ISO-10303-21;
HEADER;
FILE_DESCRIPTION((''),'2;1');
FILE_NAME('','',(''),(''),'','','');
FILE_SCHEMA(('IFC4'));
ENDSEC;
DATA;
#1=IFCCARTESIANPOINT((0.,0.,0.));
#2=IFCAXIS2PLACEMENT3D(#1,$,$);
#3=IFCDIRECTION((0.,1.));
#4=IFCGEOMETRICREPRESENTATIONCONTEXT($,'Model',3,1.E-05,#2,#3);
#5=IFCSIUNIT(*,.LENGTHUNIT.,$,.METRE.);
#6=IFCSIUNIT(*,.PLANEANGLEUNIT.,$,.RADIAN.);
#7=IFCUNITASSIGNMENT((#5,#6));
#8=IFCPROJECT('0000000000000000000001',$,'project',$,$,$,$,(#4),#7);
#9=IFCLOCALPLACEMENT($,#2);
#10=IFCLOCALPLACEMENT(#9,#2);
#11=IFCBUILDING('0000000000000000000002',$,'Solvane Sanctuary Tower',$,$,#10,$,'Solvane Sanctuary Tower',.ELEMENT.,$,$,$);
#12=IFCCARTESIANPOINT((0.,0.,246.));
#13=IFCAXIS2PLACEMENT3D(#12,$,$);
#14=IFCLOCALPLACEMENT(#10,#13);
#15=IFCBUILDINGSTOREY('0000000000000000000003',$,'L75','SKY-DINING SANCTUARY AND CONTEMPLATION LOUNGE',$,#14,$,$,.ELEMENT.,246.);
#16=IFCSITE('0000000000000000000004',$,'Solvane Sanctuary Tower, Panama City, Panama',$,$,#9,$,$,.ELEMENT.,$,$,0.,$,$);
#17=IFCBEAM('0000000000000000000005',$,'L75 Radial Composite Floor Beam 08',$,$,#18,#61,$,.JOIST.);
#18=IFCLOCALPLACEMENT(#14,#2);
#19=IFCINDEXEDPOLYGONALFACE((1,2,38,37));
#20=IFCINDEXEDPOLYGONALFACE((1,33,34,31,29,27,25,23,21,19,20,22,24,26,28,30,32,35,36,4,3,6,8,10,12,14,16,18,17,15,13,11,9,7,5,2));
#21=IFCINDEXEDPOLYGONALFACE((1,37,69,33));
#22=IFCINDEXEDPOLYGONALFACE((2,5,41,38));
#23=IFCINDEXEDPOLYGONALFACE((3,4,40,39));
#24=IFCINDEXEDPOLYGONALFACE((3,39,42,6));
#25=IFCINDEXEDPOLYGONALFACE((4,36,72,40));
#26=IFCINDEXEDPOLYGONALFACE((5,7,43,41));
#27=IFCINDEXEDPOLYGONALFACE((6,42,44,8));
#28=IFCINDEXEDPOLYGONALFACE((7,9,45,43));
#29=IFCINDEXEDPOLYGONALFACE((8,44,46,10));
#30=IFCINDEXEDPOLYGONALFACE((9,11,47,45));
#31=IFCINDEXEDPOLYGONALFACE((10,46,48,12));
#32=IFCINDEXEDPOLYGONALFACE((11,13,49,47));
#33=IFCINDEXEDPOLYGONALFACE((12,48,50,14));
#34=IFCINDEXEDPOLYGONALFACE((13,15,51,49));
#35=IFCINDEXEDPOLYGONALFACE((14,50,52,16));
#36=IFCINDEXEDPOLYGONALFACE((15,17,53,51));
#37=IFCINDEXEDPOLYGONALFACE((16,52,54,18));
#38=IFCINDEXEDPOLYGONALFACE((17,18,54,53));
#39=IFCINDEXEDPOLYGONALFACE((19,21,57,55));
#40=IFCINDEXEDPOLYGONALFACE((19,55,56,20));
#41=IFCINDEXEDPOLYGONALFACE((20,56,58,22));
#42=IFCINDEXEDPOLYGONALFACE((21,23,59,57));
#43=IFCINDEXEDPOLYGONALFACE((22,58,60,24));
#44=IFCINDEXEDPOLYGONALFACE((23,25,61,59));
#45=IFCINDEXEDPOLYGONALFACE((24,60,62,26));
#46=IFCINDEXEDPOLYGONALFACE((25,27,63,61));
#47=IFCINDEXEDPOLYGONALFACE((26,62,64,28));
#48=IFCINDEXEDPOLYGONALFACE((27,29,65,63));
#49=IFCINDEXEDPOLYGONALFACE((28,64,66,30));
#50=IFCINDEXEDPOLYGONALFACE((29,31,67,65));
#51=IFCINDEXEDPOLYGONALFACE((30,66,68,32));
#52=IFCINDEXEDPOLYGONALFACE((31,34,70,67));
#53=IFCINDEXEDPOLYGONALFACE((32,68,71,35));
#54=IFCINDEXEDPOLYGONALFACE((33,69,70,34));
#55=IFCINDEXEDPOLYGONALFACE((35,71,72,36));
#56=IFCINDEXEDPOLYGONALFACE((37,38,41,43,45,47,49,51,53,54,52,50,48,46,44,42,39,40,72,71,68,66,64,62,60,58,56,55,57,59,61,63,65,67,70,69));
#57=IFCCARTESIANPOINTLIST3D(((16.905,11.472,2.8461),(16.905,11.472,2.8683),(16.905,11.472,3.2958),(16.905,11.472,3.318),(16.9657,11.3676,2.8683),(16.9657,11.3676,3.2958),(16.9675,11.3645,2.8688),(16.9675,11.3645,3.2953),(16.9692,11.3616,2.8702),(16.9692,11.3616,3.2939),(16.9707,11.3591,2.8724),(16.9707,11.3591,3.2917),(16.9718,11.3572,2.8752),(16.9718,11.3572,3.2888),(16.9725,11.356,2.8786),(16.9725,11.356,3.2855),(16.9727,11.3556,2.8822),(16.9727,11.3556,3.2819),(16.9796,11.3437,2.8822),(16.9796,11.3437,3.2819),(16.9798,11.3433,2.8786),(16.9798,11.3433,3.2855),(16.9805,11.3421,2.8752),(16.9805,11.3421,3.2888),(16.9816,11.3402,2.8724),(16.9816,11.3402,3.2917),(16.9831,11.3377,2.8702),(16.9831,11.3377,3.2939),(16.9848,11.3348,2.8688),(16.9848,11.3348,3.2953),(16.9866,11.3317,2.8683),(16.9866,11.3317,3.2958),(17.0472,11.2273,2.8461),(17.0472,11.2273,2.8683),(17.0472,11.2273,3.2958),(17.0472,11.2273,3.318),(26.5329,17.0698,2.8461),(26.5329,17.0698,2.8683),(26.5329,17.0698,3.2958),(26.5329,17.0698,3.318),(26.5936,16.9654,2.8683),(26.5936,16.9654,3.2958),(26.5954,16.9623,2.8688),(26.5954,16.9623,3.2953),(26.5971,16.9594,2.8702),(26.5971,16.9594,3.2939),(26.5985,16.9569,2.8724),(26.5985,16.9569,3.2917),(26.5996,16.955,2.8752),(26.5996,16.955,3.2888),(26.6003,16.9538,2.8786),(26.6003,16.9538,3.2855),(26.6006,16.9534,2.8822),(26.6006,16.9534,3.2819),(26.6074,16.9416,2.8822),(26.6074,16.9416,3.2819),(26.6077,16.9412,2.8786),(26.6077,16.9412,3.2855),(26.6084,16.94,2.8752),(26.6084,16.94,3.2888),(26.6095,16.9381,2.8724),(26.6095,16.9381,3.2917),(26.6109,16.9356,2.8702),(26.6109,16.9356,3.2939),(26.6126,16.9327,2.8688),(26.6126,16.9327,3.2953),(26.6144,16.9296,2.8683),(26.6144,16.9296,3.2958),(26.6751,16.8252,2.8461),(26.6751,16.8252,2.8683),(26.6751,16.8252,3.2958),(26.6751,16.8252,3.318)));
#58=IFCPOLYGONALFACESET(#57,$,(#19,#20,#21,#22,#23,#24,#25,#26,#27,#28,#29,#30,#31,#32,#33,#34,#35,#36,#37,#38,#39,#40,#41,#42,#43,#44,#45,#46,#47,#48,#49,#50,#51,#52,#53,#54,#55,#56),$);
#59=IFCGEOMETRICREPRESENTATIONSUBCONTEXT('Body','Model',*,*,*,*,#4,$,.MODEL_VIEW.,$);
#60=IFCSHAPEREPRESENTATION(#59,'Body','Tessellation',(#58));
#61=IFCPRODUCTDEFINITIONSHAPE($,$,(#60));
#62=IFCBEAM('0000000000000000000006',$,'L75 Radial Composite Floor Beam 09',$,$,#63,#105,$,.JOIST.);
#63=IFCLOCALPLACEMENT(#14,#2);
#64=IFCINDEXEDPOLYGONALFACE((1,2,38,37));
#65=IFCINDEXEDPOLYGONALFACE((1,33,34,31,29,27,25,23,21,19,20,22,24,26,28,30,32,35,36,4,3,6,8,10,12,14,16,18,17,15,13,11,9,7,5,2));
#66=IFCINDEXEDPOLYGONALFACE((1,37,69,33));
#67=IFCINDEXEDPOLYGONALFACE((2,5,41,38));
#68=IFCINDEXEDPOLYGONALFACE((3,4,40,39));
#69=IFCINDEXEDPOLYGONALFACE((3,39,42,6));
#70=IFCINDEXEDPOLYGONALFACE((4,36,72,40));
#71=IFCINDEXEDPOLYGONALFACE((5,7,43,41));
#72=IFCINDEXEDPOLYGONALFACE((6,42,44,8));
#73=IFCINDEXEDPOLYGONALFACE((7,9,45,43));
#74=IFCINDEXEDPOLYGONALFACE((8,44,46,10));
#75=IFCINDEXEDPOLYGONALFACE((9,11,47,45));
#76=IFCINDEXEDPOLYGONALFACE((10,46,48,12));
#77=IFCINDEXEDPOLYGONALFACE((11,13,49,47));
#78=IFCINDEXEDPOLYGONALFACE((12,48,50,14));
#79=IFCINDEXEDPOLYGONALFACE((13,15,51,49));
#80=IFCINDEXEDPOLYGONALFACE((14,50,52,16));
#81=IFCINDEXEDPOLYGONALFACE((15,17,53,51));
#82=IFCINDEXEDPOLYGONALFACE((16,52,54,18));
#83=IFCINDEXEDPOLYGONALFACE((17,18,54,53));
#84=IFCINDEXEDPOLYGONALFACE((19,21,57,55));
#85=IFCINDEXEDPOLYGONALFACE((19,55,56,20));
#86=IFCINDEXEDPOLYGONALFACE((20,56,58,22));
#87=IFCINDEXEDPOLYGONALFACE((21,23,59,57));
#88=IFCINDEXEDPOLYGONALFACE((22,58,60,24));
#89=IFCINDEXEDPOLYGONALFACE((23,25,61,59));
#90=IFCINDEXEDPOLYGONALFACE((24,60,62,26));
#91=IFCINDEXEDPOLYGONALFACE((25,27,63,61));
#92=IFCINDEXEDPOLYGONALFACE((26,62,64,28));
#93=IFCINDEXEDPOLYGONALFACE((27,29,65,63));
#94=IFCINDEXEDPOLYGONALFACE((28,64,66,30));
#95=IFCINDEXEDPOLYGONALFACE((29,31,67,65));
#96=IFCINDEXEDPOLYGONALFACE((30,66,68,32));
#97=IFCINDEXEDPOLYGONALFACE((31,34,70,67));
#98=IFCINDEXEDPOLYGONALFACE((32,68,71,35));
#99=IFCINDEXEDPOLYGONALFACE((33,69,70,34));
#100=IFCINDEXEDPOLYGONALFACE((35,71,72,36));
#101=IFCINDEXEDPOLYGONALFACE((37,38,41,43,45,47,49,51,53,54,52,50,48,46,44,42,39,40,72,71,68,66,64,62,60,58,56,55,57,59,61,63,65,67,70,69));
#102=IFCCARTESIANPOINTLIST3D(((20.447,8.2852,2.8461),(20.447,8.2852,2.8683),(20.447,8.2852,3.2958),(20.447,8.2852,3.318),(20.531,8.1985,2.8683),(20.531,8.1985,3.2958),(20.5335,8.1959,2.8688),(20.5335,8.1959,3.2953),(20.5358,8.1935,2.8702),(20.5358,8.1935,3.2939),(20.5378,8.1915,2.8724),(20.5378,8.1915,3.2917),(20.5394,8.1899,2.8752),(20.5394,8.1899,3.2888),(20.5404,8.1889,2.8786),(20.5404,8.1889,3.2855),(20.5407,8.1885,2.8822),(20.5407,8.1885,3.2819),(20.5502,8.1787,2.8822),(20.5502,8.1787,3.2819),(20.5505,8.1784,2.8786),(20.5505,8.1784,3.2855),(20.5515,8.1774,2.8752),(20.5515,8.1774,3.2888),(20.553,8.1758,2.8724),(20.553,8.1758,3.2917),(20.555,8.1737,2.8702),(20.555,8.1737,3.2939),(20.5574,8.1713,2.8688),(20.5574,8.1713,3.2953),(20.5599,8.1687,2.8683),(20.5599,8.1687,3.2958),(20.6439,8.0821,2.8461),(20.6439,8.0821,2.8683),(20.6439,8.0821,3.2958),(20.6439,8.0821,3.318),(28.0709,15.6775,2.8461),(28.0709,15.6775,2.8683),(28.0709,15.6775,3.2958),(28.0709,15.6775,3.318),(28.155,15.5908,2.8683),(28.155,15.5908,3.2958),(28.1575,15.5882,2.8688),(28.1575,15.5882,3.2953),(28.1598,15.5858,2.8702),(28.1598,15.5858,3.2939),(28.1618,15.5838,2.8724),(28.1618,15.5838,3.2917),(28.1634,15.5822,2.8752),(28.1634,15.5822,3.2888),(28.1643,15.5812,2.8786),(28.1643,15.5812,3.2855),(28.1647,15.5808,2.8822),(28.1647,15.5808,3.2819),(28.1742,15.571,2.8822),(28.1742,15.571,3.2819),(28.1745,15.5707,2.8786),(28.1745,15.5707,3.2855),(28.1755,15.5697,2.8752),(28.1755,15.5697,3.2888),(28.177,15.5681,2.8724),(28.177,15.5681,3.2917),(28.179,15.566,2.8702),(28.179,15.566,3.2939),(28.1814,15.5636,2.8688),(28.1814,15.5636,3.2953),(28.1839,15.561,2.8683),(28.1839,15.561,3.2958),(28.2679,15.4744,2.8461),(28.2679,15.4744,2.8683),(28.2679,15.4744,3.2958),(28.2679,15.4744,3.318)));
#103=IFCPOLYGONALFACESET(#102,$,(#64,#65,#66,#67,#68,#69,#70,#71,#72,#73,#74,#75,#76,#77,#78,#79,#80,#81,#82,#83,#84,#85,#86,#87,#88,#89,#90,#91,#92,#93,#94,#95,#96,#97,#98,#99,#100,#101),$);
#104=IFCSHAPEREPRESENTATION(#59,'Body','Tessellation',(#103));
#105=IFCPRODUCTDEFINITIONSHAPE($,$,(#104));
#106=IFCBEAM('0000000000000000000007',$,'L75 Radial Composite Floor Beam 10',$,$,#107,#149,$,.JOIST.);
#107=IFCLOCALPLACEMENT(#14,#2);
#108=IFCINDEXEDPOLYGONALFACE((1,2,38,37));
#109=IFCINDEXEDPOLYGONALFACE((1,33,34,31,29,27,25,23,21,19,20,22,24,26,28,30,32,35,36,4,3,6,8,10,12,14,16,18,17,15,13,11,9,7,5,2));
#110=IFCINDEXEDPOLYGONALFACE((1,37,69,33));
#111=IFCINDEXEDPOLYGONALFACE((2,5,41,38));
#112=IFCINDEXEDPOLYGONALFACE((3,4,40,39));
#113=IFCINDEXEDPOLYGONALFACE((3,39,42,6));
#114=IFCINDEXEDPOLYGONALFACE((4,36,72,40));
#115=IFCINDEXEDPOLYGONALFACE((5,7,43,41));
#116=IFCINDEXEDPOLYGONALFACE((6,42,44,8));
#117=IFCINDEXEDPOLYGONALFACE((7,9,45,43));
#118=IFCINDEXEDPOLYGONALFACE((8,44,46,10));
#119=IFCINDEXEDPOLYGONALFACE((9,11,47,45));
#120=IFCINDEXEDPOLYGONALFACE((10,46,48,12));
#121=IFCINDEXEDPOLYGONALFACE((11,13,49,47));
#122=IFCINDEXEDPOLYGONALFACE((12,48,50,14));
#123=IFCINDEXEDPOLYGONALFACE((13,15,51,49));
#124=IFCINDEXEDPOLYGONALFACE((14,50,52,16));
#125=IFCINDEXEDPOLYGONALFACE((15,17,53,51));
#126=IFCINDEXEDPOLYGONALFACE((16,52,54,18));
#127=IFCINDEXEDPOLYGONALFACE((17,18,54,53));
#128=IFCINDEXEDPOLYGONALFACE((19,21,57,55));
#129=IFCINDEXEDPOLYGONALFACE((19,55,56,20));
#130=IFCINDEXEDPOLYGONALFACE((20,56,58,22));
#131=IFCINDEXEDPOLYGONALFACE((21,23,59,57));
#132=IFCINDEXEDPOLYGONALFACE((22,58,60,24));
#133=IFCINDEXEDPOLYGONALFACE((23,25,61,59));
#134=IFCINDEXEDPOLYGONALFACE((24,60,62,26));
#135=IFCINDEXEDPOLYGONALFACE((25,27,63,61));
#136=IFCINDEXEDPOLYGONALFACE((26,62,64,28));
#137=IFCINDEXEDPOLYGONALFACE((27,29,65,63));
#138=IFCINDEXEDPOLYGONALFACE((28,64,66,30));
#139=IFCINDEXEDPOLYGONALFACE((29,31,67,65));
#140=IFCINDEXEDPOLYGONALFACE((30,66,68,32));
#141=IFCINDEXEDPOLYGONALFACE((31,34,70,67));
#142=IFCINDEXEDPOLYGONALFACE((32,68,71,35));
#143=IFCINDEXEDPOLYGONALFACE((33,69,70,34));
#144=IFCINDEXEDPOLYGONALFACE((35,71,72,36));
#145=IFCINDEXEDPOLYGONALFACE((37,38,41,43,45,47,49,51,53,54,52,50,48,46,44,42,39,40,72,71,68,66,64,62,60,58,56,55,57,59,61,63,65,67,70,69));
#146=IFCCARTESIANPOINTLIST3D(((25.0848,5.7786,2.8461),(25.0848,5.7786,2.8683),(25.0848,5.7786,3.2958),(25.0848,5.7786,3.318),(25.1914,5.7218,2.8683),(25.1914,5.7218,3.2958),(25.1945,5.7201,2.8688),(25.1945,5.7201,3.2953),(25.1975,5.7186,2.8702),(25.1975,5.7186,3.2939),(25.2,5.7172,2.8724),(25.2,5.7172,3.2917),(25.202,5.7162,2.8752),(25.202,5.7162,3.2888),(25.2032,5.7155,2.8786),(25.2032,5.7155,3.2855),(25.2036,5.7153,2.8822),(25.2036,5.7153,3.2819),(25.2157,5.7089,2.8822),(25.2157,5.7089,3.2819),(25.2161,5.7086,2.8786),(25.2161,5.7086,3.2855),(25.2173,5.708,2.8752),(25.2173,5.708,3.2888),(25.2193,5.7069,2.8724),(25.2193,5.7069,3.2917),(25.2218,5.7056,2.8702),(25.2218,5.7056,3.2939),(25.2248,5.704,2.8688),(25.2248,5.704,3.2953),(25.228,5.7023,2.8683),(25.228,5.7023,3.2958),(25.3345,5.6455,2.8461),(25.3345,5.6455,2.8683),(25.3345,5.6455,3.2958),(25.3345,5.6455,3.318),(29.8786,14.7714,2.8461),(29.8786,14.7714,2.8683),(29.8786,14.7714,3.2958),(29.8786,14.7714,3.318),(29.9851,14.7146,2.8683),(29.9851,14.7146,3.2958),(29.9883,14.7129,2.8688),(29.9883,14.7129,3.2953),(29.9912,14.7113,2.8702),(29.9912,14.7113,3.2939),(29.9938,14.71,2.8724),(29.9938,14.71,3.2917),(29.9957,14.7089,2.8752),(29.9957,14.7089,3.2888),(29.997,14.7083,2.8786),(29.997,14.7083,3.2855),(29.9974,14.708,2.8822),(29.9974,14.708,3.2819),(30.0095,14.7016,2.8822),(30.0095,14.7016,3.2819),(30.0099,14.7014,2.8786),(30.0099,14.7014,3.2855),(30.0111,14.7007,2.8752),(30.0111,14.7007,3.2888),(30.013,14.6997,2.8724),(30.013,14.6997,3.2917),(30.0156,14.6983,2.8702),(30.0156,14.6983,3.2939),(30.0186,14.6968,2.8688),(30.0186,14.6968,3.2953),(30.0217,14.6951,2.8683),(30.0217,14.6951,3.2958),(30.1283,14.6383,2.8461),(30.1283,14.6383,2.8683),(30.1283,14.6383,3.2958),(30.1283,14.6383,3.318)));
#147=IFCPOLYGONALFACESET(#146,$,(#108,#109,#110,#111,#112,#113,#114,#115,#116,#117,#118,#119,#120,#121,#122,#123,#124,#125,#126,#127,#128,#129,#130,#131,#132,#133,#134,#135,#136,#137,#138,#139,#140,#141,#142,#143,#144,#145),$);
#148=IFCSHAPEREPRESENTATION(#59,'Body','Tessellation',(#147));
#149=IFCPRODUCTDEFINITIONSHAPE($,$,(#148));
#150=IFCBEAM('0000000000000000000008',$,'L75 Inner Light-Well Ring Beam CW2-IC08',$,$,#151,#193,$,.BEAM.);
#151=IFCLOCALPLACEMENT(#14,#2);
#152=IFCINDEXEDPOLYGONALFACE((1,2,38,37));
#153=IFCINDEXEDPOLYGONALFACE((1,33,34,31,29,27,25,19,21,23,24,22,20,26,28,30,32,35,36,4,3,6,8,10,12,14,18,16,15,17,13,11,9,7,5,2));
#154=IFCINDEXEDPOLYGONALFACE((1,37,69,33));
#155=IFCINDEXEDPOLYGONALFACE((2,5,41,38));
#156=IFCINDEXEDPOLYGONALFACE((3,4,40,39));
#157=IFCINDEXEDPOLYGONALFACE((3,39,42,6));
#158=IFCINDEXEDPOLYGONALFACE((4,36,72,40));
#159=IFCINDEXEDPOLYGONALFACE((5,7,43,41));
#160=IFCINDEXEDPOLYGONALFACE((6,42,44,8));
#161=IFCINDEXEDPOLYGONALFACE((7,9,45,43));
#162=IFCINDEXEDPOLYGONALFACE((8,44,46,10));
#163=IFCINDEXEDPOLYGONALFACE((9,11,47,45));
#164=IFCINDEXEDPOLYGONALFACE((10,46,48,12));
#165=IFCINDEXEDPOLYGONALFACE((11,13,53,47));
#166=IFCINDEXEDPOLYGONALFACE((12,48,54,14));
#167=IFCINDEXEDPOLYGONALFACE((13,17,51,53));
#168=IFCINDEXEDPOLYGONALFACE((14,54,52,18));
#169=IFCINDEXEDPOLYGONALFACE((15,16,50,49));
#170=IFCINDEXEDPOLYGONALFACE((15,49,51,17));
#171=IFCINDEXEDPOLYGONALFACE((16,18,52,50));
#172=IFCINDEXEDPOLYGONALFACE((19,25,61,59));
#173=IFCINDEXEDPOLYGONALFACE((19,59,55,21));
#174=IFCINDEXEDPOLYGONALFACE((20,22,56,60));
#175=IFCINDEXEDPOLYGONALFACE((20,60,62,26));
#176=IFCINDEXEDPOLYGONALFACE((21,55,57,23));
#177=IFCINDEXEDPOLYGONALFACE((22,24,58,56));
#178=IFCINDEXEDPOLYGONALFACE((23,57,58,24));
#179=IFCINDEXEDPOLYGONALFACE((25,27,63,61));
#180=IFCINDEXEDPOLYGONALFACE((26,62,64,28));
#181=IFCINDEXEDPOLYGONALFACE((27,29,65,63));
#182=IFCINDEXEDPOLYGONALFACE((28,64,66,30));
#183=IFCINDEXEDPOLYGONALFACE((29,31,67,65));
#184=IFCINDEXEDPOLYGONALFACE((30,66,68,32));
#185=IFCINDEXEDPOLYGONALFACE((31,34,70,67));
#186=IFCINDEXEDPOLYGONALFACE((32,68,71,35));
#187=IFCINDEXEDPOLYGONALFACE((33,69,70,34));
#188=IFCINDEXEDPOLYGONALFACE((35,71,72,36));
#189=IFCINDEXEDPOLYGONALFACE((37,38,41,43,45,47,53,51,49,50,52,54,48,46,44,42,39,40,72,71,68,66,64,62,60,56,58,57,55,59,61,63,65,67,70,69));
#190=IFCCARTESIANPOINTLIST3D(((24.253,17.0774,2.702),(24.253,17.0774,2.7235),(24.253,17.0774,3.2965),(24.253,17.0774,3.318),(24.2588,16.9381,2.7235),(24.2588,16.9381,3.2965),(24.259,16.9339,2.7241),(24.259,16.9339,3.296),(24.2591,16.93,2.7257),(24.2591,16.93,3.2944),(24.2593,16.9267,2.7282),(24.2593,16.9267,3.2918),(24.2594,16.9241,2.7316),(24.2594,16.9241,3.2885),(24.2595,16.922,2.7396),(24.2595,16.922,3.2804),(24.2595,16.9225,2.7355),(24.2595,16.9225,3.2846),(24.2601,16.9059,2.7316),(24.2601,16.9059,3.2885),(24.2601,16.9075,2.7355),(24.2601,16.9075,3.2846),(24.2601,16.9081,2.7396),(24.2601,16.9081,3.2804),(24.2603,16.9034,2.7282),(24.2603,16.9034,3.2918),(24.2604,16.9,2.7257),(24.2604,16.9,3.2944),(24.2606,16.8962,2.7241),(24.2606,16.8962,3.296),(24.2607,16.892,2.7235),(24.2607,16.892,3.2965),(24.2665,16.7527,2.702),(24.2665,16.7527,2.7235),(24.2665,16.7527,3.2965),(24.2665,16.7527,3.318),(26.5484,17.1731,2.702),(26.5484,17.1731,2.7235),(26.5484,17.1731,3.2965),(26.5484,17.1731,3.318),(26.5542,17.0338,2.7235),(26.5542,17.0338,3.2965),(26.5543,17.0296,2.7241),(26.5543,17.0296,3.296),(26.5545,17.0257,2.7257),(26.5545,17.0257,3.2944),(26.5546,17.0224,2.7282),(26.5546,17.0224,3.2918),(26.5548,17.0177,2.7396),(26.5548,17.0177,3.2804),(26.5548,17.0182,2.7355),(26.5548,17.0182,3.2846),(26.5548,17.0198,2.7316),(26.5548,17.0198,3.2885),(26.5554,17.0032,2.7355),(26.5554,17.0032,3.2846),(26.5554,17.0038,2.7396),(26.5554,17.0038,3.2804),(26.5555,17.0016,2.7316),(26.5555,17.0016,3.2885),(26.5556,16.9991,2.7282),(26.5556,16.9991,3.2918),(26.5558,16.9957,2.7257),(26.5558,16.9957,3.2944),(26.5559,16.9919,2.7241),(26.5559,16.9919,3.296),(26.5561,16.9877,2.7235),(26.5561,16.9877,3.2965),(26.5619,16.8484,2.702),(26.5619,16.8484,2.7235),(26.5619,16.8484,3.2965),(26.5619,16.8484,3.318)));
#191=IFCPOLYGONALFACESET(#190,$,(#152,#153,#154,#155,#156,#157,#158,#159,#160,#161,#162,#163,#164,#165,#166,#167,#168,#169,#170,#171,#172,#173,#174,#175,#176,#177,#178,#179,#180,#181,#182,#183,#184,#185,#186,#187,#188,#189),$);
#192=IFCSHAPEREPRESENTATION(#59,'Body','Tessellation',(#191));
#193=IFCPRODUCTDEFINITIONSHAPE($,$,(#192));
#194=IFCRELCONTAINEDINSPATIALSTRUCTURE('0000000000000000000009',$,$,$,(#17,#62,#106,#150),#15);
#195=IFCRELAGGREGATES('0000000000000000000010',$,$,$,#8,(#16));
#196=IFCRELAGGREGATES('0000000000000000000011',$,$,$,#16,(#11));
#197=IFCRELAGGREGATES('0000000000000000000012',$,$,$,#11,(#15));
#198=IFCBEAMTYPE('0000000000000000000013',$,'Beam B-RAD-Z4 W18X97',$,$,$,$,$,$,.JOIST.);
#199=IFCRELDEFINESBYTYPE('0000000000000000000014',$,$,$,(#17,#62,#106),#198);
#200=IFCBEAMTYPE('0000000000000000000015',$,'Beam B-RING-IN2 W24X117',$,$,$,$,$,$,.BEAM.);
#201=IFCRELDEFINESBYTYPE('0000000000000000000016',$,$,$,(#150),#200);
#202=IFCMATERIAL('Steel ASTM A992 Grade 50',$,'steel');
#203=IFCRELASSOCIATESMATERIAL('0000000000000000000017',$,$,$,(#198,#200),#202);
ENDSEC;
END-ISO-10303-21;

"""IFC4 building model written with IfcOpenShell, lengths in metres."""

from ifc_helpers import new_model, si_unit, direction, frame, origin, origin_2d, place, context, subcontext, project, spatial, i_section, extrude, material, material_profile, profile_set, type_object, element, save


model = new_model("IFC4")

# Units and contexts
model_context = context("Model", 3, precision=1e-05, world=origin(), true_north=direction((0.0, 1.0)))
body_context = subcontext(model_context, "Body", "Model", "MODEL_VIEW")
ifc_project = project(units=[si_unit("LENGTHUNIT", "METRE"), si_unit("PLANEANGLEUNIT", "RADIAN")], contexts=[model_context])

# Site, building, storey
site_placement = place(None, origin())
site = spatial("IfcSite", under=ifc_project, at=site_placement, Name="Solvane Sanctuary Tower, Panama City, Panama", CompositionType="ELEMENT", RefElevation=0.0)
building_placement = place(site_placement, origin())
building = spatial("IfcBuilding", under=site, at=building_placement, Name="Solvane Sanctuary Tower", LongName="Solvane Sanctuary Tower", CompositionType="ELEMENT")
storey_placement = place(building_placement, frame((0.0, 0.0, 246.0)))
storey = spatial("IfcBuildingStorey", under=building, at=storey_placement, Name="L75", Description="SKY-DINING SANCTUARY AND CONTEMPLATION LOUNGE", CompositionType="ELEMENT", Elevation=246.0)

# Beams
ifc_material_1 = material(Name="Steel ASTM A992 Grade 50", Category="steel")
ifc_material_profile_1 = material_profile(ifc_material_1, i_section(OverallWidth=0.283, OverallDepth=0.4719, WebThickness=0.0137, FlangeThickness=0.0222, FilletRadius=0.0139, at=origin_2d()), Name="W18X97")
ifc_profile_set_1 = profile_set([ifc_material_profile_1], Name="Steel ASTM A992 Grade 50")
beam_type_1 = type_object("IfcBeamType", Name="Beam B-RAD-Z4 W18X97", PredefinedType="JOIST", material=ifc_profile_set_1)
beam_1_placement = place(storey_placement, frame((26.604, 16.9475, 3.082), z_axis=(-0.864497, -0.502638, 0.0), x_axis=(0.502638, -0.864497, 0.0)))
element("IfcBeam", 1, at=beam_1_placement, inside=storey, type_object=beam_type_1, Name="L75 Radial Composite Floor Beam 08", PredefinedType="JOIST", context=body_context, shape_type="SweptSolid", body=[
    extrude(i_section(OverallWidth=0.283, OverallDepth=0.4719, WebThickness=0.0137, FlangeThickness=0.0222, FilletRadius=0.0139, at=origin_2d()), origin(), (0.0, 0.0, 1.0), 11.137),
])
beam_2_placement = place(storey_placement, frame((28.1694, 15.5759, 3.082), z_axis=(-0.717931, -0.696114, 0.0), x_axis=(0.696114, -0.717931, 0.0)))
element("IfcBeam", 2, at=beam_2_placement, inside=storey, type_object=beam_type_1, Name="L75 Radial Composite Floor Beam 09", PredefinedType="JOIST", context=body_context, shape_type="SweptSolid", body=[
    extrude(i_section(OverallWidth=0.283, OverallDepth=0.4719, WebThickness=0.0137, FlangeThickness=0.0222, FilletRadius=0.0139, at=origin_2d()), origin(), (0.0, 0.0, 1.0), 10.6194),
])
beam_3_placement = place(storey_placement, frame((30.0034, 14.7048, 3.082), z_axis=(-0.470405, -0.88245, 0.0), x_axis=(0.88245, -0.470405, 0.0)))
element("IfcBeam", 3, at=beam_3_placement, inside=storey, type_object=beam_type_1, Name="L75 Radial Composite Floor Beam 10", PredefinedType="JOIST", context=body_context, shape_type="SweptSolid", body=[
    extrude(i_section(OverallWidth=0.283, OverallDepth=0.4719, WebThickness=0.0137, FlangeThickness=0.0222, FilletRadius=0.0139, at=origin_2d()), origin(), (0.0, 0.0, 1.0), 10.1907),
])
ifc_material_profile_2 = material_profile(ifc_material_1, i_section(OverallWidth=0.325, OverallDepth=0.616, WebThickness=0.0139, FlangeThickness=0.0215, FilletRadius=0.0161, at=origin_2d()), Name="W24X117")
ifc_profile_set_2 = profile_set([ifc_material_profile_2], Name="Steel ASTM A992 Grade 50")
beam_type_2 = type_object("IfcBeamType", Name="Beam B-RING-IN2 W24X117", PredefinedType="BEAM", material=ifc_profile_set_2)
beam_4_placement = place(storey_placement, frame((24.2598, 16.915, 3.01), z_axis=(0.999132, 0.041657, 0.0), x_axis=(-0.041657, 0.999132, 0.0)))
element("IfcBeam", 4, at=beam_4_placement, inside=storey, type_object=beam_type_2, Name="L75 Inner Light-Well Ring Beam CW2-IC08", PredefinedType="BEAM", context=body_context, shape_type="SweptSolid", body=[
    extrude(i_section(OverallWidth=0.325, OverallDepth=0.616, WebThickness=0.0139, FlangeThickness=0.0215, FilletRadius=0.0161, at=origin_2d()), origin(), (0.0, 0.0, 1.0), 2.2974),
])

save(model, "model.ifc")
